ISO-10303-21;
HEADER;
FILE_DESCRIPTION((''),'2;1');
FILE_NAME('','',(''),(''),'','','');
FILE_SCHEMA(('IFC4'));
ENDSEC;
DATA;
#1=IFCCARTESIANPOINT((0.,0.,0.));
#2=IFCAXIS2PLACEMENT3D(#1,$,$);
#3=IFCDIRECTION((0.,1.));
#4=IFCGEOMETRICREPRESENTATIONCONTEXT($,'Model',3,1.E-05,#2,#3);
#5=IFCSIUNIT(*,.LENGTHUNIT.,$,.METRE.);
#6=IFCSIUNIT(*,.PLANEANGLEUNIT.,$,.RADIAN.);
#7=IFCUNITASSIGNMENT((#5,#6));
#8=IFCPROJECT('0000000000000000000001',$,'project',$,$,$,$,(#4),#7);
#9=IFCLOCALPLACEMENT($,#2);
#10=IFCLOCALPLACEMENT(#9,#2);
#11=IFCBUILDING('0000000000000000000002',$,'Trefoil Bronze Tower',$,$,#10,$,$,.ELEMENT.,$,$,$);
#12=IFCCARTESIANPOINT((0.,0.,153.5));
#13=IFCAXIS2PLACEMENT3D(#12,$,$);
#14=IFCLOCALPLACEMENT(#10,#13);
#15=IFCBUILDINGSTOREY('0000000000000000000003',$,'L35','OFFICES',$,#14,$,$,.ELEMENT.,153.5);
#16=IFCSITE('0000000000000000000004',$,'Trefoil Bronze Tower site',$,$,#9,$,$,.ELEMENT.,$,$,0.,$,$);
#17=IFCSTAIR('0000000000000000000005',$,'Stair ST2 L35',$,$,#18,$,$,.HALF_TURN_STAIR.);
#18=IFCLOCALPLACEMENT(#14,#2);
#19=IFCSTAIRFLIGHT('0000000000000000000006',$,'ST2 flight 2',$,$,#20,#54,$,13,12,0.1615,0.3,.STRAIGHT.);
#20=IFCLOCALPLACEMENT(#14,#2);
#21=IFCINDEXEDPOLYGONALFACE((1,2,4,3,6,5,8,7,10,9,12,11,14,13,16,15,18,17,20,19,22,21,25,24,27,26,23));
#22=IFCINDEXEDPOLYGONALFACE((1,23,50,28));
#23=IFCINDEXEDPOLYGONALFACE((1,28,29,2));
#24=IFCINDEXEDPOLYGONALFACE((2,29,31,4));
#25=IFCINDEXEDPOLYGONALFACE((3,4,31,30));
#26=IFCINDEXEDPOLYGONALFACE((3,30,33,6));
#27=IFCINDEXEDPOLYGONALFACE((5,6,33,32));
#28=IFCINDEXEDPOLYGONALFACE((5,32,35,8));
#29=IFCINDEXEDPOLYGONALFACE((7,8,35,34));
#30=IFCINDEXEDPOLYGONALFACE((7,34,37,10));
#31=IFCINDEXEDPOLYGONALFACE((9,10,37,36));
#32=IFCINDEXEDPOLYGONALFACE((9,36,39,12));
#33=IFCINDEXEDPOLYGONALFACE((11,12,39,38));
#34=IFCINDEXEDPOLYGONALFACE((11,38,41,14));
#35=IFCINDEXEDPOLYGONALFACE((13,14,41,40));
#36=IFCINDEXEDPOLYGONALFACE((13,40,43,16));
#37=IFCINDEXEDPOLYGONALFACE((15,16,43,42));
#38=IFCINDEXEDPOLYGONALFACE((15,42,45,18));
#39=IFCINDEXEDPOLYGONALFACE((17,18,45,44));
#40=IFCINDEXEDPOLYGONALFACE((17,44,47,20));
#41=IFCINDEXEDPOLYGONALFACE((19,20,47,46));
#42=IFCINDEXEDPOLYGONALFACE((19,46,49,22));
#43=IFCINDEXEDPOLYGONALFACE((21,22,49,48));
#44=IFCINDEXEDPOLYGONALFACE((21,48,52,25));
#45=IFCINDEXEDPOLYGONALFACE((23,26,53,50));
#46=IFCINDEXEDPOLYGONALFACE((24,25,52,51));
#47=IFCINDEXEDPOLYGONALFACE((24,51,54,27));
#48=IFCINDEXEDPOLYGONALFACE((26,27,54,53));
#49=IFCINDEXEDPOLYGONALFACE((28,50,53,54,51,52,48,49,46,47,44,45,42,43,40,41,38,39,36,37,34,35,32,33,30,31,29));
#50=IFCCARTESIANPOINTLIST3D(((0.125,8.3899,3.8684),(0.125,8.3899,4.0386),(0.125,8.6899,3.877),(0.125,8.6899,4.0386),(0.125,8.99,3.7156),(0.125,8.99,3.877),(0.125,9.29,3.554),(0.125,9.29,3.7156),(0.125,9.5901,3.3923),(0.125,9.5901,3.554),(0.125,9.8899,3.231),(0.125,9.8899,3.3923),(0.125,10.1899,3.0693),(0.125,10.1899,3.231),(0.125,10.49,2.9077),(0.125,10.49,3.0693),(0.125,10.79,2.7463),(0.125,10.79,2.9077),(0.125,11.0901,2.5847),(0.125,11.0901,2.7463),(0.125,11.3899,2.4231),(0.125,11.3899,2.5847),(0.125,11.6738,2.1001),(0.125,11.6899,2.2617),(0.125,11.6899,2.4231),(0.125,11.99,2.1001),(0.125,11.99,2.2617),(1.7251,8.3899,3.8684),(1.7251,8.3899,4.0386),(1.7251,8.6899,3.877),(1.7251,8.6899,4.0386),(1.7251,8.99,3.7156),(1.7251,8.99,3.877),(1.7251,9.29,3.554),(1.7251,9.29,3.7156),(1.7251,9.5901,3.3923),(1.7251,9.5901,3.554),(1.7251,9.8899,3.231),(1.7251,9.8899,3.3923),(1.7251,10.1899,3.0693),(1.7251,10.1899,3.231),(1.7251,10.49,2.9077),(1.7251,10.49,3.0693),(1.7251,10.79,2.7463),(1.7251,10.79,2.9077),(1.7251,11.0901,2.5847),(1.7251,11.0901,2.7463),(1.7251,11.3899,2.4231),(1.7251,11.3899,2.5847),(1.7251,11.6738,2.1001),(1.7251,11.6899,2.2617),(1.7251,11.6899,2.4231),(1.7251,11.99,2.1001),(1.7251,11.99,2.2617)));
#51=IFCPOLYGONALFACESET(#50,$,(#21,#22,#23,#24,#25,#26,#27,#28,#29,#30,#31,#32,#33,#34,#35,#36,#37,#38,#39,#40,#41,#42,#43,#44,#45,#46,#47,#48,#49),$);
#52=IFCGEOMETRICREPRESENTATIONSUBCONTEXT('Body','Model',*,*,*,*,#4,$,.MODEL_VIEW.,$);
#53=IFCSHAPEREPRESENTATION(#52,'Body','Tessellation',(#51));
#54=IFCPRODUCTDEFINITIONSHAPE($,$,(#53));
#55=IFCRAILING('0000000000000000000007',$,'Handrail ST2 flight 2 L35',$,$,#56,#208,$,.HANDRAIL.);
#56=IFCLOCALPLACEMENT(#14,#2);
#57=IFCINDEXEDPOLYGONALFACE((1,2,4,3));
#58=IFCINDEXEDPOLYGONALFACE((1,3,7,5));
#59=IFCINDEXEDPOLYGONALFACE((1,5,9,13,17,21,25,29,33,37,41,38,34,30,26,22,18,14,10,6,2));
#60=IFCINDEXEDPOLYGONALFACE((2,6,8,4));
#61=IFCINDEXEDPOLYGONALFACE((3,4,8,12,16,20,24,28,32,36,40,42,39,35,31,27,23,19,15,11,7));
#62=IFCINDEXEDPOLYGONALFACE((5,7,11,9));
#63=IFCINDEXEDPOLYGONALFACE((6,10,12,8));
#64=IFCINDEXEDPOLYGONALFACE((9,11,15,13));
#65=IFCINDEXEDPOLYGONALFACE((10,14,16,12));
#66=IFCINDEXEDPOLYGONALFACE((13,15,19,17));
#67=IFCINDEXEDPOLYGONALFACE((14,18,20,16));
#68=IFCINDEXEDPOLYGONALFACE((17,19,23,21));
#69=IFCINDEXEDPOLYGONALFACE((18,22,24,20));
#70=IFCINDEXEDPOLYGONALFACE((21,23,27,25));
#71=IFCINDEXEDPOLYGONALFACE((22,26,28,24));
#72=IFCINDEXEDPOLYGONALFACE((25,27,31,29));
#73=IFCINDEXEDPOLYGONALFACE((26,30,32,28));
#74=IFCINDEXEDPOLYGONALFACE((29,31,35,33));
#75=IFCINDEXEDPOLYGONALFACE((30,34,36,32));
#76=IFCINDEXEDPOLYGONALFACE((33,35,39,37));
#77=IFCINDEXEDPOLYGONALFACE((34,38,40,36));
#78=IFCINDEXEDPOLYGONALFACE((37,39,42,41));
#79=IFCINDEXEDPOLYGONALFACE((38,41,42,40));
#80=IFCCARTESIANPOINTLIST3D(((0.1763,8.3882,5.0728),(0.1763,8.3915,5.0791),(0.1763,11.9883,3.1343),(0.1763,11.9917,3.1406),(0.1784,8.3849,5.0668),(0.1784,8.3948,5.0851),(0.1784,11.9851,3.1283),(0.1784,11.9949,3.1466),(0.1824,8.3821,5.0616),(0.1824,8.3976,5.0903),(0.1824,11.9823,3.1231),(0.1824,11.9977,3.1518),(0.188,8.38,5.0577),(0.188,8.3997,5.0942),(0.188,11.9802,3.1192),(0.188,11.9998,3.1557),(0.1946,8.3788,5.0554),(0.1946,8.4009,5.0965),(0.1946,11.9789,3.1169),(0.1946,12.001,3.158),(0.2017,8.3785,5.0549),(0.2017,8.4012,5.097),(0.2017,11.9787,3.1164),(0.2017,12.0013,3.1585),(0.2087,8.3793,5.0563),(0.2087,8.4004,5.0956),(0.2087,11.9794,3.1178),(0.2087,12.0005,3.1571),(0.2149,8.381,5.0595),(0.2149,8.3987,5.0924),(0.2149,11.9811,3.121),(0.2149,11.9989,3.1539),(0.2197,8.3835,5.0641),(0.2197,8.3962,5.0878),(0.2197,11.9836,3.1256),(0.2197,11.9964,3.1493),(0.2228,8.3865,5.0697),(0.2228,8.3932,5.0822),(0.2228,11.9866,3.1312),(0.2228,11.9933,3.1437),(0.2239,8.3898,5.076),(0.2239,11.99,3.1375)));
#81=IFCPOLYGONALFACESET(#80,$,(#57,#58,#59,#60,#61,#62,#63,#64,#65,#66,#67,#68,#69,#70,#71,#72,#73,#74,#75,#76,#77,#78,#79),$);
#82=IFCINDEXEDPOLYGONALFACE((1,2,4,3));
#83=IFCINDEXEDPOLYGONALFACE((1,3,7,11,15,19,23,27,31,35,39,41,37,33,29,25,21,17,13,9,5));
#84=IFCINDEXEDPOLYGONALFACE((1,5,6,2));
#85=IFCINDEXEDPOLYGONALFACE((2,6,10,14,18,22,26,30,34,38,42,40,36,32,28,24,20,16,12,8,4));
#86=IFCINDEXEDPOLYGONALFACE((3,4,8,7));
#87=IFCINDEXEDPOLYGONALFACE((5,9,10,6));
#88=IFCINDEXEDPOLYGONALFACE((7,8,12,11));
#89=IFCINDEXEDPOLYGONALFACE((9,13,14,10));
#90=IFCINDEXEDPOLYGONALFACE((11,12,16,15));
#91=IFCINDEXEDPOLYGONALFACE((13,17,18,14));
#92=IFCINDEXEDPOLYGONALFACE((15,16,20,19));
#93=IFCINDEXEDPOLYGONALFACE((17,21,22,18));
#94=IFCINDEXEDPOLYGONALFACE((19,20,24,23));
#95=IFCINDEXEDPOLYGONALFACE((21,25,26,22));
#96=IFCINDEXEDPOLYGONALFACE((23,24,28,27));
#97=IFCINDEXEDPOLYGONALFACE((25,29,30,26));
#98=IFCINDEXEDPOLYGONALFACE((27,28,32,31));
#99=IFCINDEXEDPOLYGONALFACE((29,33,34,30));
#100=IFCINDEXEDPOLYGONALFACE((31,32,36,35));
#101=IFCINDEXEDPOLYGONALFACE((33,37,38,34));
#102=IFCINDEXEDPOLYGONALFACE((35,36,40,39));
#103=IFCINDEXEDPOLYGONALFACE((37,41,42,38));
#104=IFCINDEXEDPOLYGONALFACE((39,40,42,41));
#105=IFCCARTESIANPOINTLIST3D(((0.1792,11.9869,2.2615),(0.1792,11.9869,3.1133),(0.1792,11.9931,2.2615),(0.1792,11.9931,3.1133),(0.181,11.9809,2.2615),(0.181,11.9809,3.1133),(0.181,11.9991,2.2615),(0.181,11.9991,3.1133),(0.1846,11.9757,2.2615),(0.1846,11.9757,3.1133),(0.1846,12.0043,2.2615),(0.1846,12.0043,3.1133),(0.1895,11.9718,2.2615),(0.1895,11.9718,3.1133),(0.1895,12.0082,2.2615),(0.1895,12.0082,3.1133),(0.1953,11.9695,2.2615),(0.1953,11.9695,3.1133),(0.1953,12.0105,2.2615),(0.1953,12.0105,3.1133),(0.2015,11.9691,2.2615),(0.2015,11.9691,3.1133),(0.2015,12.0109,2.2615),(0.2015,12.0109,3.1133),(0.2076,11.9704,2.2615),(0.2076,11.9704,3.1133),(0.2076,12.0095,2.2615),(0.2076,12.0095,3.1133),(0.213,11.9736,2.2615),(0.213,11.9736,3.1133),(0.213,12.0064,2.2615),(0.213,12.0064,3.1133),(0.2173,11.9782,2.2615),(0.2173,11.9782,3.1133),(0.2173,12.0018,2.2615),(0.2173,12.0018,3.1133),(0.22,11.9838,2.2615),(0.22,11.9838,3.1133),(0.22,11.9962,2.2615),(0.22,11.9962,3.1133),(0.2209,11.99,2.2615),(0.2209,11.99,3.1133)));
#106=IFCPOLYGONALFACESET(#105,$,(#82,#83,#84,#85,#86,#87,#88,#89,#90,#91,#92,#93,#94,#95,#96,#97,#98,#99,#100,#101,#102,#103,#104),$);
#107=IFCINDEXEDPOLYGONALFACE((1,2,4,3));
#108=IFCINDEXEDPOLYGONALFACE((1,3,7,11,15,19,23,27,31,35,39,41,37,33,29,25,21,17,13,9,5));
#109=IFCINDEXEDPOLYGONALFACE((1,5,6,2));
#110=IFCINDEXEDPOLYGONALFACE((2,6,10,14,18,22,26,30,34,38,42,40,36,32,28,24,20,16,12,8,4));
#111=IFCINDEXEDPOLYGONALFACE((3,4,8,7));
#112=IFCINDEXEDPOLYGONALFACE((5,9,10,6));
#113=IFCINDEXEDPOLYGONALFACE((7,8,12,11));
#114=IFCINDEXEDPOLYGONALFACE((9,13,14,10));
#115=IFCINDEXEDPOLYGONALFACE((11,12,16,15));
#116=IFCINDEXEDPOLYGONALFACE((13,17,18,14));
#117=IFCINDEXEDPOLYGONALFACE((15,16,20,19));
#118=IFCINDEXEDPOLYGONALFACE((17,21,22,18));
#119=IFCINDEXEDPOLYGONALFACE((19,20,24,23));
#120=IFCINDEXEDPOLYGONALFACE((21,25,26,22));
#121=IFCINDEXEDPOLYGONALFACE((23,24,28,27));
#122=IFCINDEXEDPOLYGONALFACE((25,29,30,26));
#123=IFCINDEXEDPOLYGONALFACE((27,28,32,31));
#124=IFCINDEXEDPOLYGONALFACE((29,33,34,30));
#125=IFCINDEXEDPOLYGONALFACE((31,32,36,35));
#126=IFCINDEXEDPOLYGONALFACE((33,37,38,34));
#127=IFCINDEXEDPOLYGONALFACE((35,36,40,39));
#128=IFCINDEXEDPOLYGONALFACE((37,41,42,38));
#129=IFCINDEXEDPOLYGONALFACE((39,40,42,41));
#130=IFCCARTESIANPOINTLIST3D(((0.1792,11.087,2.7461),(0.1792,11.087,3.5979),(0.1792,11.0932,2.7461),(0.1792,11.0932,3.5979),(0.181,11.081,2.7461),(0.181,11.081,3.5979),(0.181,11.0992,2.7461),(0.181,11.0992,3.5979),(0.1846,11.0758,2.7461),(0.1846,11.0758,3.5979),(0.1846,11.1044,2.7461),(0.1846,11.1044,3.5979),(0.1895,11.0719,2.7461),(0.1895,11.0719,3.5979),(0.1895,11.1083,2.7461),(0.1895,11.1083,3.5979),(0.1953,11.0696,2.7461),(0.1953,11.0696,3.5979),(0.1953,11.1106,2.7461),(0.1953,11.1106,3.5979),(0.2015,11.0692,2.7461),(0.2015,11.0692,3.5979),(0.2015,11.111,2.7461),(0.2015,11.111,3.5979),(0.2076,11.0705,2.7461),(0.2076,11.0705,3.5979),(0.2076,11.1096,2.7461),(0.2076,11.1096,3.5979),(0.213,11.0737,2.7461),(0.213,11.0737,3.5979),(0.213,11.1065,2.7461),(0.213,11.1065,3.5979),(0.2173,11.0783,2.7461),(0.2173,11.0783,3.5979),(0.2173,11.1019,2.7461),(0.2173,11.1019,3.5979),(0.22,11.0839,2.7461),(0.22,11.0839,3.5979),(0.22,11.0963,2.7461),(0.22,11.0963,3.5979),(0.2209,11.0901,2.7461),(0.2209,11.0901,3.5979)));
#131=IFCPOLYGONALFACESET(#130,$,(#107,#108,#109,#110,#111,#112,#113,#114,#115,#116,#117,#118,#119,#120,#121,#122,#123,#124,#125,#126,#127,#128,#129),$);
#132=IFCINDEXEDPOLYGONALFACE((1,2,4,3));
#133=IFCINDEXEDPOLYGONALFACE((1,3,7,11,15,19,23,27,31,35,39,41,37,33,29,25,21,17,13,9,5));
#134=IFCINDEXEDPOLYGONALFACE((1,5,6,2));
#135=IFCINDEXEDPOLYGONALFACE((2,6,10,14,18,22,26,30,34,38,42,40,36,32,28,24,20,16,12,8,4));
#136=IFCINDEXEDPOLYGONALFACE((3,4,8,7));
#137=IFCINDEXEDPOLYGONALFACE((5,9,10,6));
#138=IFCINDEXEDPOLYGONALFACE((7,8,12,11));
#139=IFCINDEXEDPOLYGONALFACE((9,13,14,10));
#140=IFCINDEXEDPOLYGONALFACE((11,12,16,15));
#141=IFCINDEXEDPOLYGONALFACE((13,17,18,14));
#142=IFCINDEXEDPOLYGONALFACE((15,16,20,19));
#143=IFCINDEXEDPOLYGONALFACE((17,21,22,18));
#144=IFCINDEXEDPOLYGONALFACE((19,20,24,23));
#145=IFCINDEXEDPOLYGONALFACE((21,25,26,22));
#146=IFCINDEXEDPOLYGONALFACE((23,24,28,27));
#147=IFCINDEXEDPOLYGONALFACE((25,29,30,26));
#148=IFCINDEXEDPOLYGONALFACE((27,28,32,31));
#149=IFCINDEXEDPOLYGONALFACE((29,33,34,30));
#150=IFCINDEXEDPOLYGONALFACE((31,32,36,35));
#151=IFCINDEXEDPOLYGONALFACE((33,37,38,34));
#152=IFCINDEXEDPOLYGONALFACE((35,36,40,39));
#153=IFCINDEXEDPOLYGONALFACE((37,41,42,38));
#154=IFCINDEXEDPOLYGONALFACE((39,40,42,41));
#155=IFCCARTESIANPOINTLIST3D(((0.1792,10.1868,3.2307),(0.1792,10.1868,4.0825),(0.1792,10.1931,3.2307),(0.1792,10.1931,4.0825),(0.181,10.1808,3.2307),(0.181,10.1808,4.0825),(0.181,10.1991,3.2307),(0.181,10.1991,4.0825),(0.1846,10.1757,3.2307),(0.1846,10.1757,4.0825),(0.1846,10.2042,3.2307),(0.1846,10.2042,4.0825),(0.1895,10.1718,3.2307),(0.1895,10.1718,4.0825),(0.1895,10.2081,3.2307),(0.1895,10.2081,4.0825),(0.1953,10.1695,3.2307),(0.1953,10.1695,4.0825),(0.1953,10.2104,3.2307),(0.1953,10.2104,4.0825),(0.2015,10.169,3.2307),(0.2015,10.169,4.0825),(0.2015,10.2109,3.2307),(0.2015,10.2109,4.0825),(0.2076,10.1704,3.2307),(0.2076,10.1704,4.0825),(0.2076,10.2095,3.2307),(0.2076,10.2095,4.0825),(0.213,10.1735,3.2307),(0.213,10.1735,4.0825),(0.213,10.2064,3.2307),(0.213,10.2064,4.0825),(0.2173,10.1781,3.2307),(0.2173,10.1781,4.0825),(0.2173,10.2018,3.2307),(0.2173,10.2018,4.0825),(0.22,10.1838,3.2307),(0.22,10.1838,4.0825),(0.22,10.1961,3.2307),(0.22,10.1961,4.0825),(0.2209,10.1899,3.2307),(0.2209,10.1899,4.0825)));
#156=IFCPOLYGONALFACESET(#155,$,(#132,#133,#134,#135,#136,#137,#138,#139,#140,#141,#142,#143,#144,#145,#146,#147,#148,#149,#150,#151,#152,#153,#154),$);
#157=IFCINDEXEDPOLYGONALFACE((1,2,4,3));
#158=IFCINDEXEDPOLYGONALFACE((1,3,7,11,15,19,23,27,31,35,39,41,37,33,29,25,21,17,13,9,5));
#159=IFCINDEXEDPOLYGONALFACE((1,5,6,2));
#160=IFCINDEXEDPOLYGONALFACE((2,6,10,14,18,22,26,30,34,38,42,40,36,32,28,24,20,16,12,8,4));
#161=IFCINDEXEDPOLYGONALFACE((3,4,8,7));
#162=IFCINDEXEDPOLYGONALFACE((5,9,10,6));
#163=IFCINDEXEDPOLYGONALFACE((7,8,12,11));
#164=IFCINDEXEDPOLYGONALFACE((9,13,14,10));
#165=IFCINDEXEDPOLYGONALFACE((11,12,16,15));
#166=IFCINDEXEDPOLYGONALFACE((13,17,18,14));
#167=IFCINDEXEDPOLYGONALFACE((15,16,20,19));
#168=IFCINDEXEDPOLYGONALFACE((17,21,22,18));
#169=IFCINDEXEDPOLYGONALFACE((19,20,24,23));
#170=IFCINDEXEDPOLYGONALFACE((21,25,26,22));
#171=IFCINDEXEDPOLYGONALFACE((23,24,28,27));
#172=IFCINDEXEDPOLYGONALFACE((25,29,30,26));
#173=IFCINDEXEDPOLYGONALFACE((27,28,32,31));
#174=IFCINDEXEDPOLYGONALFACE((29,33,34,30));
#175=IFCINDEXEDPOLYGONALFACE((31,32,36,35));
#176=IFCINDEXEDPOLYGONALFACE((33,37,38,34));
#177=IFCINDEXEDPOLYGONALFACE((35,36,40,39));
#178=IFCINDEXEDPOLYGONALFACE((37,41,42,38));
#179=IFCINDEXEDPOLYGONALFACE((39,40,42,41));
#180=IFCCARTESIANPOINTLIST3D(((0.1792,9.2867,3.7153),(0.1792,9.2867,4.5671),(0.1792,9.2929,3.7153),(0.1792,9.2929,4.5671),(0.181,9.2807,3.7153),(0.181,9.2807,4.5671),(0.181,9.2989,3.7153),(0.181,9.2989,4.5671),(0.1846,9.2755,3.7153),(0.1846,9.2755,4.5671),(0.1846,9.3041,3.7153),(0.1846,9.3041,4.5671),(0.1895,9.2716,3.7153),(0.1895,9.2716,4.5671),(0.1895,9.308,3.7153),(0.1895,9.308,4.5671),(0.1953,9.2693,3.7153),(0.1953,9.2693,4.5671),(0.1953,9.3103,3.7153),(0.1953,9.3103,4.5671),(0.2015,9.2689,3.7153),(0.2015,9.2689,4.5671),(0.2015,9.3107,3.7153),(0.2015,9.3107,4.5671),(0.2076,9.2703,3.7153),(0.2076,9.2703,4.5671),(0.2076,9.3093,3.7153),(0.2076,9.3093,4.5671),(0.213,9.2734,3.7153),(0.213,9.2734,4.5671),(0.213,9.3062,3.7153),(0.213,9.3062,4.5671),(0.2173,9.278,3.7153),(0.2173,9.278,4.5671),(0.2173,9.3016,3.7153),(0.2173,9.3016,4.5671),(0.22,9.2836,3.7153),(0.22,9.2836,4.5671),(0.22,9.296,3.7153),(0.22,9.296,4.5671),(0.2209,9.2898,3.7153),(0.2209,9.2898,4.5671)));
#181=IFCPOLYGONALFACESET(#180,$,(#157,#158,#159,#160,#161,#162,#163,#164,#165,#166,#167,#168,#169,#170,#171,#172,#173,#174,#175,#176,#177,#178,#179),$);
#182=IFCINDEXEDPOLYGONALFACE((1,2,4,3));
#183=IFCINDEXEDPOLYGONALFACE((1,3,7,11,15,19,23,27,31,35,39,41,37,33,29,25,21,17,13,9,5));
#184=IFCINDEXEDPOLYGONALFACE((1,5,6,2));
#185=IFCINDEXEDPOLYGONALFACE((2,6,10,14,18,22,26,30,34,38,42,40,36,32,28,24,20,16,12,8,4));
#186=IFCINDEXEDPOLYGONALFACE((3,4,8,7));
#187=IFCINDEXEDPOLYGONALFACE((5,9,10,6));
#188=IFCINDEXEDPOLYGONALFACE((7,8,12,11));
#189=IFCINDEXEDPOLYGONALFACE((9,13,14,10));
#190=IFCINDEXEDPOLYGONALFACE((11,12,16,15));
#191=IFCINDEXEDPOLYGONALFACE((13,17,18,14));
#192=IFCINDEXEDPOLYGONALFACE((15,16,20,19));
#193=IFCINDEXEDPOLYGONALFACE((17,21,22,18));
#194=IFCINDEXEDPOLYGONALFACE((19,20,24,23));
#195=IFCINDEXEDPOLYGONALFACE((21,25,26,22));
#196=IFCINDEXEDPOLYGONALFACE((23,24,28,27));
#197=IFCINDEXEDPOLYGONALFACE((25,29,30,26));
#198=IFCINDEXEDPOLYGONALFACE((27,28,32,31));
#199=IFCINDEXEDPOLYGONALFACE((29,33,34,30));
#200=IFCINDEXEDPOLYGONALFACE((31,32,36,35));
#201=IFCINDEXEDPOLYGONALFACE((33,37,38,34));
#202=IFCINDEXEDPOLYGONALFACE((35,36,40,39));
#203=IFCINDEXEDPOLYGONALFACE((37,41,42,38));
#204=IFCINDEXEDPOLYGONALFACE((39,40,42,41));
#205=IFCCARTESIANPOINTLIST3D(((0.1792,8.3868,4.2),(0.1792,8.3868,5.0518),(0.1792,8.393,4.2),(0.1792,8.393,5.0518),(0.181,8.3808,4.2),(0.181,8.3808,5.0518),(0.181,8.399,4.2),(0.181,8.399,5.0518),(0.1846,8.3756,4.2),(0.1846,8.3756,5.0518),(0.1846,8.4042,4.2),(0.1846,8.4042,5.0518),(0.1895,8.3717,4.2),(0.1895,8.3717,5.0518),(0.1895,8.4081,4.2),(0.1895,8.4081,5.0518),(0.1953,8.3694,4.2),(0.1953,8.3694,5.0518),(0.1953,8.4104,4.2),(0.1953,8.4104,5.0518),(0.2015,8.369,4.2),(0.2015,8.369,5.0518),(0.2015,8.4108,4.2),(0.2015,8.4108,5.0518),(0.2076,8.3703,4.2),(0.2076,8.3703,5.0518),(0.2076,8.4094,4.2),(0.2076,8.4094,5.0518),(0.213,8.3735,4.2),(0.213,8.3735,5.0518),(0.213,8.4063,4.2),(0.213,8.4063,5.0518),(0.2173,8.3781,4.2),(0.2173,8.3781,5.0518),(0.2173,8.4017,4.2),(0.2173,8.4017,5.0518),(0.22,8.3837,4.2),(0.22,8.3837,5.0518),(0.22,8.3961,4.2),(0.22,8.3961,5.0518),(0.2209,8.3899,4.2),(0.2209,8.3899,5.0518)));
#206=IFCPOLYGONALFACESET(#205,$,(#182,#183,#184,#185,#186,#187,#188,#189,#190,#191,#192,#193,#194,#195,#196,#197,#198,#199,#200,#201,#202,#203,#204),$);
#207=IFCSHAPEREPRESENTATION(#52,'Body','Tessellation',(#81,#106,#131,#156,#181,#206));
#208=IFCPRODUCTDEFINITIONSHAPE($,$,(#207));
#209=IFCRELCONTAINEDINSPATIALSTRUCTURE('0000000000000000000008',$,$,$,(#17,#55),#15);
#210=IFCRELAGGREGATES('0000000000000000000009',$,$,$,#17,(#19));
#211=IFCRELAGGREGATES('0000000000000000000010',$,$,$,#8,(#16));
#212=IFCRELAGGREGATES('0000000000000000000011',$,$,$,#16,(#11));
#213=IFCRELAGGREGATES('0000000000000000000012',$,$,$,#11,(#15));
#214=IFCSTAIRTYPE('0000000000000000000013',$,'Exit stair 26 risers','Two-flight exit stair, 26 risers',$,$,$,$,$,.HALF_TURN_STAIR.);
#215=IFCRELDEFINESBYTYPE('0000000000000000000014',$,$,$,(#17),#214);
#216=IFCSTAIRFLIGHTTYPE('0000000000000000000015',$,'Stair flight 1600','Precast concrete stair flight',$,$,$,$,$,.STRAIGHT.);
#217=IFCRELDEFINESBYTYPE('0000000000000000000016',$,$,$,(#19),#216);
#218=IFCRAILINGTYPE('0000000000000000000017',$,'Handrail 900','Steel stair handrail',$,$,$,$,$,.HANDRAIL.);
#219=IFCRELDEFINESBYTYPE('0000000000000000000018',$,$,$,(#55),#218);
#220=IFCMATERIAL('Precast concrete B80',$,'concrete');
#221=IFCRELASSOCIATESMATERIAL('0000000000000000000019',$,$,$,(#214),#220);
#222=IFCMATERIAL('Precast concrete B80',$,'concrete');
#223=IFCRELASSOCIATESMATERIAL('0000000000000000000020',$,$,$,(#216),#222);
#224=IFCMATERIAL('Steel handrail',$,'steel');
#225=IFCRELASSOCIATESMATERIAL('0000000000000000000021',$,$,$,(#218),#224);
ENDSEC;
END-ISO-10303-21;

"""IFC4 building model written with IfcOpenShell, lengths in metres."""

from ifc_helpers import new_model, si_unit, direction, frame, origin, origin_2d, place, context, subcontext, project, spatial, polyline, circle, outline, extrude, material, type_object, element, aggregate, save


model = new_model("IFC4")

# Units and contexts
model_context = context("Model", 3, precision=1e-05, world=origin(), true_north=direction((0.0, 1.0)))
body_context = subcontext(model_context, "Body", "Model", "MODEL_VIEW")
ifc_project = project(units=[si_unit("LENGTHUNIT", "METRE"), si_unit("PLANEANGLEUNIT", "RADIAN")], contexts=[model_context])

# Site, building, storey
site_placement = place(None, origin())
site = spatial("IfcSite", under=ifc_project, at=site_placement, Name="Trefoil Bronze Tower site", CompositionType="ELEMENT", RefElevation=0.0)
building_placement = place(site_placement, origin())
building = spatial("IfcBuilding", under=site, at=building_placement, Name="Trefoil Bronze Tower", CompositionType="ELEMENT")
storey_placement = place(building_placement, frame((0.0, 0.0, 153.5)))
storey = spatial("IfcBuildingStorey", under=building, at=storey_placement, Name="L35", Description="OFFICES", CompositionType="ELEMENT", Elevation=153.5)

# Stair, stair flight
ifc_material_1 = material(Name="Precast concrete B80", Category="concrete")
stair_type = type_object("IfcStairType", Name="Exit stair 26 risers", Description="Two-flight exit stair, 26 risers", PredefinedType="HALF_TURN_STAIR", material=ifc_material_1)
stair_placement = place(storey_placement, origin())
stair = element("IfcStair", 1, at=stair_placement, inside=storey, type_object=stair_type, Name="Stair ST2 L35", PredefinedType="HALF_TURN_STAIR")
ifc_material_2 = material(Name="Precast concrete B80", Category="concrete")
stair_flight_type = type_object("IfcStairFlightType", Name="Stair flight 1600", Description="Precast concrete stair flight", PredefinedType="STRAIGHT", material=ifc_material_2)
stair_flight_placement = place(storey_placement, frame((0.925, 11.99, 2.1001), z_axis=(0.0, 0.0, 1.0), x_axis=(0.0, -1.0, 0.0)))
stair_flight = element("IfcStairFlight", 2, at=stair_flight_placement, type_object=stair_flight_type, Name="ST2 flight 2", NumberOfRisers=13, NumberOfTreads=12, PredefinedType="STRAIGHT", RiserHeight=0.1615, TreadLength=0.3, context=body_context, shape_type="SweptSolid", body=[
    extrude(outline(polyline([(0.0, 0.0), (0.0, 0.1616), (0.3, 0.1616), (0.3, 0.323), (0.6001, 0.323), (0.6001, 0.4846), (0.8999, 0.4846), (0.8999, 0.6462), (1.2, 0.6462), (1.2, 0.8076), (1.5, 0.8076), (1.5, 0.9692), (1.8, 0.9692), (1.8, 1.1309), (2.1001, 1.1309), (2.1001, 1.2922), (2.3999, 1.2922), (2.3999, 1.4539), (2.7, 1.4539), (2.7, 1.6155), (3.0, 1.6155), (3.0, 1.7769), (3.3, 1.7769), (3.3, 1.9385), (3.6001, 1.9385), (3.6001, 2.1001), (3.6001, 1.7683), (0.3162, 0.0), (0.0, 0.0)])), frame((0.0, 0.8, 0.0), z_axis=(0.0, -1.0, 0.0), x_axis=(1.0, 0.0, 0.0)), (0.0, 0.0, 1.0), 1.6001),
])
aggregate(stair, [stair_flight])

# Railing
ifc_material_3 = material(Name="Steel handrail", Category="steel")
railing_type = type_object("IfcRailingType", Name="Handrail 900", Description="Steel stair handrail", PredefinedType="HANDRAIL", material=ifc_material_3)
railing_placement = place(storey_placement, frame((0.2, 11.99, 2.2615)))
element("IfcRailing", 3, at=railing_placement, inside=storey, type_object=railing_type, Name="Handrail ST2 flight 2 L35", PredefinedType="HANDRAIL", context=body_context, shape_type="SweptSolid", body=[
    extrude(circle(Radius=0.0239, at=origin_2d()), frame((0.0, 0.0, 0.876), z_axis=(0.0, -0.880475, 0.474093), x_axis=(1.0, 0.0, 0.0)), (0.0, 0.0, 1.0), 4.0889),
    extrude(circle(Radius=0.021, at=origin_2d()), origin(), (0.0, 0.0, 1.0), 0.8518),
    extrude(circle(Radius=0.021, at=origin_2d()), frame((0.0, -0.8999, 0.4846)), (0.0, 0.0, 1.0), 0.8518),
    extrude(circle(Radius=0.021, at=origin_2d()), frame((0.0, -1.8, 0.9692)), (0.0, 0.0, 1.0), 0.8518),
    extrude(circle(Radius=0.021, at=origin_2d()), frame((0.0, -2.7002, 1.4539)), (0.0, 0.0, 1.0), 0.8518),
    extrude(circle(Radius=0.021, at=origin_2d()), frame((0.0, -3.6001, 1.9385)), (0.0, 0.0, 1.0), 0.8518),
])

save(model, "model.ifc")
